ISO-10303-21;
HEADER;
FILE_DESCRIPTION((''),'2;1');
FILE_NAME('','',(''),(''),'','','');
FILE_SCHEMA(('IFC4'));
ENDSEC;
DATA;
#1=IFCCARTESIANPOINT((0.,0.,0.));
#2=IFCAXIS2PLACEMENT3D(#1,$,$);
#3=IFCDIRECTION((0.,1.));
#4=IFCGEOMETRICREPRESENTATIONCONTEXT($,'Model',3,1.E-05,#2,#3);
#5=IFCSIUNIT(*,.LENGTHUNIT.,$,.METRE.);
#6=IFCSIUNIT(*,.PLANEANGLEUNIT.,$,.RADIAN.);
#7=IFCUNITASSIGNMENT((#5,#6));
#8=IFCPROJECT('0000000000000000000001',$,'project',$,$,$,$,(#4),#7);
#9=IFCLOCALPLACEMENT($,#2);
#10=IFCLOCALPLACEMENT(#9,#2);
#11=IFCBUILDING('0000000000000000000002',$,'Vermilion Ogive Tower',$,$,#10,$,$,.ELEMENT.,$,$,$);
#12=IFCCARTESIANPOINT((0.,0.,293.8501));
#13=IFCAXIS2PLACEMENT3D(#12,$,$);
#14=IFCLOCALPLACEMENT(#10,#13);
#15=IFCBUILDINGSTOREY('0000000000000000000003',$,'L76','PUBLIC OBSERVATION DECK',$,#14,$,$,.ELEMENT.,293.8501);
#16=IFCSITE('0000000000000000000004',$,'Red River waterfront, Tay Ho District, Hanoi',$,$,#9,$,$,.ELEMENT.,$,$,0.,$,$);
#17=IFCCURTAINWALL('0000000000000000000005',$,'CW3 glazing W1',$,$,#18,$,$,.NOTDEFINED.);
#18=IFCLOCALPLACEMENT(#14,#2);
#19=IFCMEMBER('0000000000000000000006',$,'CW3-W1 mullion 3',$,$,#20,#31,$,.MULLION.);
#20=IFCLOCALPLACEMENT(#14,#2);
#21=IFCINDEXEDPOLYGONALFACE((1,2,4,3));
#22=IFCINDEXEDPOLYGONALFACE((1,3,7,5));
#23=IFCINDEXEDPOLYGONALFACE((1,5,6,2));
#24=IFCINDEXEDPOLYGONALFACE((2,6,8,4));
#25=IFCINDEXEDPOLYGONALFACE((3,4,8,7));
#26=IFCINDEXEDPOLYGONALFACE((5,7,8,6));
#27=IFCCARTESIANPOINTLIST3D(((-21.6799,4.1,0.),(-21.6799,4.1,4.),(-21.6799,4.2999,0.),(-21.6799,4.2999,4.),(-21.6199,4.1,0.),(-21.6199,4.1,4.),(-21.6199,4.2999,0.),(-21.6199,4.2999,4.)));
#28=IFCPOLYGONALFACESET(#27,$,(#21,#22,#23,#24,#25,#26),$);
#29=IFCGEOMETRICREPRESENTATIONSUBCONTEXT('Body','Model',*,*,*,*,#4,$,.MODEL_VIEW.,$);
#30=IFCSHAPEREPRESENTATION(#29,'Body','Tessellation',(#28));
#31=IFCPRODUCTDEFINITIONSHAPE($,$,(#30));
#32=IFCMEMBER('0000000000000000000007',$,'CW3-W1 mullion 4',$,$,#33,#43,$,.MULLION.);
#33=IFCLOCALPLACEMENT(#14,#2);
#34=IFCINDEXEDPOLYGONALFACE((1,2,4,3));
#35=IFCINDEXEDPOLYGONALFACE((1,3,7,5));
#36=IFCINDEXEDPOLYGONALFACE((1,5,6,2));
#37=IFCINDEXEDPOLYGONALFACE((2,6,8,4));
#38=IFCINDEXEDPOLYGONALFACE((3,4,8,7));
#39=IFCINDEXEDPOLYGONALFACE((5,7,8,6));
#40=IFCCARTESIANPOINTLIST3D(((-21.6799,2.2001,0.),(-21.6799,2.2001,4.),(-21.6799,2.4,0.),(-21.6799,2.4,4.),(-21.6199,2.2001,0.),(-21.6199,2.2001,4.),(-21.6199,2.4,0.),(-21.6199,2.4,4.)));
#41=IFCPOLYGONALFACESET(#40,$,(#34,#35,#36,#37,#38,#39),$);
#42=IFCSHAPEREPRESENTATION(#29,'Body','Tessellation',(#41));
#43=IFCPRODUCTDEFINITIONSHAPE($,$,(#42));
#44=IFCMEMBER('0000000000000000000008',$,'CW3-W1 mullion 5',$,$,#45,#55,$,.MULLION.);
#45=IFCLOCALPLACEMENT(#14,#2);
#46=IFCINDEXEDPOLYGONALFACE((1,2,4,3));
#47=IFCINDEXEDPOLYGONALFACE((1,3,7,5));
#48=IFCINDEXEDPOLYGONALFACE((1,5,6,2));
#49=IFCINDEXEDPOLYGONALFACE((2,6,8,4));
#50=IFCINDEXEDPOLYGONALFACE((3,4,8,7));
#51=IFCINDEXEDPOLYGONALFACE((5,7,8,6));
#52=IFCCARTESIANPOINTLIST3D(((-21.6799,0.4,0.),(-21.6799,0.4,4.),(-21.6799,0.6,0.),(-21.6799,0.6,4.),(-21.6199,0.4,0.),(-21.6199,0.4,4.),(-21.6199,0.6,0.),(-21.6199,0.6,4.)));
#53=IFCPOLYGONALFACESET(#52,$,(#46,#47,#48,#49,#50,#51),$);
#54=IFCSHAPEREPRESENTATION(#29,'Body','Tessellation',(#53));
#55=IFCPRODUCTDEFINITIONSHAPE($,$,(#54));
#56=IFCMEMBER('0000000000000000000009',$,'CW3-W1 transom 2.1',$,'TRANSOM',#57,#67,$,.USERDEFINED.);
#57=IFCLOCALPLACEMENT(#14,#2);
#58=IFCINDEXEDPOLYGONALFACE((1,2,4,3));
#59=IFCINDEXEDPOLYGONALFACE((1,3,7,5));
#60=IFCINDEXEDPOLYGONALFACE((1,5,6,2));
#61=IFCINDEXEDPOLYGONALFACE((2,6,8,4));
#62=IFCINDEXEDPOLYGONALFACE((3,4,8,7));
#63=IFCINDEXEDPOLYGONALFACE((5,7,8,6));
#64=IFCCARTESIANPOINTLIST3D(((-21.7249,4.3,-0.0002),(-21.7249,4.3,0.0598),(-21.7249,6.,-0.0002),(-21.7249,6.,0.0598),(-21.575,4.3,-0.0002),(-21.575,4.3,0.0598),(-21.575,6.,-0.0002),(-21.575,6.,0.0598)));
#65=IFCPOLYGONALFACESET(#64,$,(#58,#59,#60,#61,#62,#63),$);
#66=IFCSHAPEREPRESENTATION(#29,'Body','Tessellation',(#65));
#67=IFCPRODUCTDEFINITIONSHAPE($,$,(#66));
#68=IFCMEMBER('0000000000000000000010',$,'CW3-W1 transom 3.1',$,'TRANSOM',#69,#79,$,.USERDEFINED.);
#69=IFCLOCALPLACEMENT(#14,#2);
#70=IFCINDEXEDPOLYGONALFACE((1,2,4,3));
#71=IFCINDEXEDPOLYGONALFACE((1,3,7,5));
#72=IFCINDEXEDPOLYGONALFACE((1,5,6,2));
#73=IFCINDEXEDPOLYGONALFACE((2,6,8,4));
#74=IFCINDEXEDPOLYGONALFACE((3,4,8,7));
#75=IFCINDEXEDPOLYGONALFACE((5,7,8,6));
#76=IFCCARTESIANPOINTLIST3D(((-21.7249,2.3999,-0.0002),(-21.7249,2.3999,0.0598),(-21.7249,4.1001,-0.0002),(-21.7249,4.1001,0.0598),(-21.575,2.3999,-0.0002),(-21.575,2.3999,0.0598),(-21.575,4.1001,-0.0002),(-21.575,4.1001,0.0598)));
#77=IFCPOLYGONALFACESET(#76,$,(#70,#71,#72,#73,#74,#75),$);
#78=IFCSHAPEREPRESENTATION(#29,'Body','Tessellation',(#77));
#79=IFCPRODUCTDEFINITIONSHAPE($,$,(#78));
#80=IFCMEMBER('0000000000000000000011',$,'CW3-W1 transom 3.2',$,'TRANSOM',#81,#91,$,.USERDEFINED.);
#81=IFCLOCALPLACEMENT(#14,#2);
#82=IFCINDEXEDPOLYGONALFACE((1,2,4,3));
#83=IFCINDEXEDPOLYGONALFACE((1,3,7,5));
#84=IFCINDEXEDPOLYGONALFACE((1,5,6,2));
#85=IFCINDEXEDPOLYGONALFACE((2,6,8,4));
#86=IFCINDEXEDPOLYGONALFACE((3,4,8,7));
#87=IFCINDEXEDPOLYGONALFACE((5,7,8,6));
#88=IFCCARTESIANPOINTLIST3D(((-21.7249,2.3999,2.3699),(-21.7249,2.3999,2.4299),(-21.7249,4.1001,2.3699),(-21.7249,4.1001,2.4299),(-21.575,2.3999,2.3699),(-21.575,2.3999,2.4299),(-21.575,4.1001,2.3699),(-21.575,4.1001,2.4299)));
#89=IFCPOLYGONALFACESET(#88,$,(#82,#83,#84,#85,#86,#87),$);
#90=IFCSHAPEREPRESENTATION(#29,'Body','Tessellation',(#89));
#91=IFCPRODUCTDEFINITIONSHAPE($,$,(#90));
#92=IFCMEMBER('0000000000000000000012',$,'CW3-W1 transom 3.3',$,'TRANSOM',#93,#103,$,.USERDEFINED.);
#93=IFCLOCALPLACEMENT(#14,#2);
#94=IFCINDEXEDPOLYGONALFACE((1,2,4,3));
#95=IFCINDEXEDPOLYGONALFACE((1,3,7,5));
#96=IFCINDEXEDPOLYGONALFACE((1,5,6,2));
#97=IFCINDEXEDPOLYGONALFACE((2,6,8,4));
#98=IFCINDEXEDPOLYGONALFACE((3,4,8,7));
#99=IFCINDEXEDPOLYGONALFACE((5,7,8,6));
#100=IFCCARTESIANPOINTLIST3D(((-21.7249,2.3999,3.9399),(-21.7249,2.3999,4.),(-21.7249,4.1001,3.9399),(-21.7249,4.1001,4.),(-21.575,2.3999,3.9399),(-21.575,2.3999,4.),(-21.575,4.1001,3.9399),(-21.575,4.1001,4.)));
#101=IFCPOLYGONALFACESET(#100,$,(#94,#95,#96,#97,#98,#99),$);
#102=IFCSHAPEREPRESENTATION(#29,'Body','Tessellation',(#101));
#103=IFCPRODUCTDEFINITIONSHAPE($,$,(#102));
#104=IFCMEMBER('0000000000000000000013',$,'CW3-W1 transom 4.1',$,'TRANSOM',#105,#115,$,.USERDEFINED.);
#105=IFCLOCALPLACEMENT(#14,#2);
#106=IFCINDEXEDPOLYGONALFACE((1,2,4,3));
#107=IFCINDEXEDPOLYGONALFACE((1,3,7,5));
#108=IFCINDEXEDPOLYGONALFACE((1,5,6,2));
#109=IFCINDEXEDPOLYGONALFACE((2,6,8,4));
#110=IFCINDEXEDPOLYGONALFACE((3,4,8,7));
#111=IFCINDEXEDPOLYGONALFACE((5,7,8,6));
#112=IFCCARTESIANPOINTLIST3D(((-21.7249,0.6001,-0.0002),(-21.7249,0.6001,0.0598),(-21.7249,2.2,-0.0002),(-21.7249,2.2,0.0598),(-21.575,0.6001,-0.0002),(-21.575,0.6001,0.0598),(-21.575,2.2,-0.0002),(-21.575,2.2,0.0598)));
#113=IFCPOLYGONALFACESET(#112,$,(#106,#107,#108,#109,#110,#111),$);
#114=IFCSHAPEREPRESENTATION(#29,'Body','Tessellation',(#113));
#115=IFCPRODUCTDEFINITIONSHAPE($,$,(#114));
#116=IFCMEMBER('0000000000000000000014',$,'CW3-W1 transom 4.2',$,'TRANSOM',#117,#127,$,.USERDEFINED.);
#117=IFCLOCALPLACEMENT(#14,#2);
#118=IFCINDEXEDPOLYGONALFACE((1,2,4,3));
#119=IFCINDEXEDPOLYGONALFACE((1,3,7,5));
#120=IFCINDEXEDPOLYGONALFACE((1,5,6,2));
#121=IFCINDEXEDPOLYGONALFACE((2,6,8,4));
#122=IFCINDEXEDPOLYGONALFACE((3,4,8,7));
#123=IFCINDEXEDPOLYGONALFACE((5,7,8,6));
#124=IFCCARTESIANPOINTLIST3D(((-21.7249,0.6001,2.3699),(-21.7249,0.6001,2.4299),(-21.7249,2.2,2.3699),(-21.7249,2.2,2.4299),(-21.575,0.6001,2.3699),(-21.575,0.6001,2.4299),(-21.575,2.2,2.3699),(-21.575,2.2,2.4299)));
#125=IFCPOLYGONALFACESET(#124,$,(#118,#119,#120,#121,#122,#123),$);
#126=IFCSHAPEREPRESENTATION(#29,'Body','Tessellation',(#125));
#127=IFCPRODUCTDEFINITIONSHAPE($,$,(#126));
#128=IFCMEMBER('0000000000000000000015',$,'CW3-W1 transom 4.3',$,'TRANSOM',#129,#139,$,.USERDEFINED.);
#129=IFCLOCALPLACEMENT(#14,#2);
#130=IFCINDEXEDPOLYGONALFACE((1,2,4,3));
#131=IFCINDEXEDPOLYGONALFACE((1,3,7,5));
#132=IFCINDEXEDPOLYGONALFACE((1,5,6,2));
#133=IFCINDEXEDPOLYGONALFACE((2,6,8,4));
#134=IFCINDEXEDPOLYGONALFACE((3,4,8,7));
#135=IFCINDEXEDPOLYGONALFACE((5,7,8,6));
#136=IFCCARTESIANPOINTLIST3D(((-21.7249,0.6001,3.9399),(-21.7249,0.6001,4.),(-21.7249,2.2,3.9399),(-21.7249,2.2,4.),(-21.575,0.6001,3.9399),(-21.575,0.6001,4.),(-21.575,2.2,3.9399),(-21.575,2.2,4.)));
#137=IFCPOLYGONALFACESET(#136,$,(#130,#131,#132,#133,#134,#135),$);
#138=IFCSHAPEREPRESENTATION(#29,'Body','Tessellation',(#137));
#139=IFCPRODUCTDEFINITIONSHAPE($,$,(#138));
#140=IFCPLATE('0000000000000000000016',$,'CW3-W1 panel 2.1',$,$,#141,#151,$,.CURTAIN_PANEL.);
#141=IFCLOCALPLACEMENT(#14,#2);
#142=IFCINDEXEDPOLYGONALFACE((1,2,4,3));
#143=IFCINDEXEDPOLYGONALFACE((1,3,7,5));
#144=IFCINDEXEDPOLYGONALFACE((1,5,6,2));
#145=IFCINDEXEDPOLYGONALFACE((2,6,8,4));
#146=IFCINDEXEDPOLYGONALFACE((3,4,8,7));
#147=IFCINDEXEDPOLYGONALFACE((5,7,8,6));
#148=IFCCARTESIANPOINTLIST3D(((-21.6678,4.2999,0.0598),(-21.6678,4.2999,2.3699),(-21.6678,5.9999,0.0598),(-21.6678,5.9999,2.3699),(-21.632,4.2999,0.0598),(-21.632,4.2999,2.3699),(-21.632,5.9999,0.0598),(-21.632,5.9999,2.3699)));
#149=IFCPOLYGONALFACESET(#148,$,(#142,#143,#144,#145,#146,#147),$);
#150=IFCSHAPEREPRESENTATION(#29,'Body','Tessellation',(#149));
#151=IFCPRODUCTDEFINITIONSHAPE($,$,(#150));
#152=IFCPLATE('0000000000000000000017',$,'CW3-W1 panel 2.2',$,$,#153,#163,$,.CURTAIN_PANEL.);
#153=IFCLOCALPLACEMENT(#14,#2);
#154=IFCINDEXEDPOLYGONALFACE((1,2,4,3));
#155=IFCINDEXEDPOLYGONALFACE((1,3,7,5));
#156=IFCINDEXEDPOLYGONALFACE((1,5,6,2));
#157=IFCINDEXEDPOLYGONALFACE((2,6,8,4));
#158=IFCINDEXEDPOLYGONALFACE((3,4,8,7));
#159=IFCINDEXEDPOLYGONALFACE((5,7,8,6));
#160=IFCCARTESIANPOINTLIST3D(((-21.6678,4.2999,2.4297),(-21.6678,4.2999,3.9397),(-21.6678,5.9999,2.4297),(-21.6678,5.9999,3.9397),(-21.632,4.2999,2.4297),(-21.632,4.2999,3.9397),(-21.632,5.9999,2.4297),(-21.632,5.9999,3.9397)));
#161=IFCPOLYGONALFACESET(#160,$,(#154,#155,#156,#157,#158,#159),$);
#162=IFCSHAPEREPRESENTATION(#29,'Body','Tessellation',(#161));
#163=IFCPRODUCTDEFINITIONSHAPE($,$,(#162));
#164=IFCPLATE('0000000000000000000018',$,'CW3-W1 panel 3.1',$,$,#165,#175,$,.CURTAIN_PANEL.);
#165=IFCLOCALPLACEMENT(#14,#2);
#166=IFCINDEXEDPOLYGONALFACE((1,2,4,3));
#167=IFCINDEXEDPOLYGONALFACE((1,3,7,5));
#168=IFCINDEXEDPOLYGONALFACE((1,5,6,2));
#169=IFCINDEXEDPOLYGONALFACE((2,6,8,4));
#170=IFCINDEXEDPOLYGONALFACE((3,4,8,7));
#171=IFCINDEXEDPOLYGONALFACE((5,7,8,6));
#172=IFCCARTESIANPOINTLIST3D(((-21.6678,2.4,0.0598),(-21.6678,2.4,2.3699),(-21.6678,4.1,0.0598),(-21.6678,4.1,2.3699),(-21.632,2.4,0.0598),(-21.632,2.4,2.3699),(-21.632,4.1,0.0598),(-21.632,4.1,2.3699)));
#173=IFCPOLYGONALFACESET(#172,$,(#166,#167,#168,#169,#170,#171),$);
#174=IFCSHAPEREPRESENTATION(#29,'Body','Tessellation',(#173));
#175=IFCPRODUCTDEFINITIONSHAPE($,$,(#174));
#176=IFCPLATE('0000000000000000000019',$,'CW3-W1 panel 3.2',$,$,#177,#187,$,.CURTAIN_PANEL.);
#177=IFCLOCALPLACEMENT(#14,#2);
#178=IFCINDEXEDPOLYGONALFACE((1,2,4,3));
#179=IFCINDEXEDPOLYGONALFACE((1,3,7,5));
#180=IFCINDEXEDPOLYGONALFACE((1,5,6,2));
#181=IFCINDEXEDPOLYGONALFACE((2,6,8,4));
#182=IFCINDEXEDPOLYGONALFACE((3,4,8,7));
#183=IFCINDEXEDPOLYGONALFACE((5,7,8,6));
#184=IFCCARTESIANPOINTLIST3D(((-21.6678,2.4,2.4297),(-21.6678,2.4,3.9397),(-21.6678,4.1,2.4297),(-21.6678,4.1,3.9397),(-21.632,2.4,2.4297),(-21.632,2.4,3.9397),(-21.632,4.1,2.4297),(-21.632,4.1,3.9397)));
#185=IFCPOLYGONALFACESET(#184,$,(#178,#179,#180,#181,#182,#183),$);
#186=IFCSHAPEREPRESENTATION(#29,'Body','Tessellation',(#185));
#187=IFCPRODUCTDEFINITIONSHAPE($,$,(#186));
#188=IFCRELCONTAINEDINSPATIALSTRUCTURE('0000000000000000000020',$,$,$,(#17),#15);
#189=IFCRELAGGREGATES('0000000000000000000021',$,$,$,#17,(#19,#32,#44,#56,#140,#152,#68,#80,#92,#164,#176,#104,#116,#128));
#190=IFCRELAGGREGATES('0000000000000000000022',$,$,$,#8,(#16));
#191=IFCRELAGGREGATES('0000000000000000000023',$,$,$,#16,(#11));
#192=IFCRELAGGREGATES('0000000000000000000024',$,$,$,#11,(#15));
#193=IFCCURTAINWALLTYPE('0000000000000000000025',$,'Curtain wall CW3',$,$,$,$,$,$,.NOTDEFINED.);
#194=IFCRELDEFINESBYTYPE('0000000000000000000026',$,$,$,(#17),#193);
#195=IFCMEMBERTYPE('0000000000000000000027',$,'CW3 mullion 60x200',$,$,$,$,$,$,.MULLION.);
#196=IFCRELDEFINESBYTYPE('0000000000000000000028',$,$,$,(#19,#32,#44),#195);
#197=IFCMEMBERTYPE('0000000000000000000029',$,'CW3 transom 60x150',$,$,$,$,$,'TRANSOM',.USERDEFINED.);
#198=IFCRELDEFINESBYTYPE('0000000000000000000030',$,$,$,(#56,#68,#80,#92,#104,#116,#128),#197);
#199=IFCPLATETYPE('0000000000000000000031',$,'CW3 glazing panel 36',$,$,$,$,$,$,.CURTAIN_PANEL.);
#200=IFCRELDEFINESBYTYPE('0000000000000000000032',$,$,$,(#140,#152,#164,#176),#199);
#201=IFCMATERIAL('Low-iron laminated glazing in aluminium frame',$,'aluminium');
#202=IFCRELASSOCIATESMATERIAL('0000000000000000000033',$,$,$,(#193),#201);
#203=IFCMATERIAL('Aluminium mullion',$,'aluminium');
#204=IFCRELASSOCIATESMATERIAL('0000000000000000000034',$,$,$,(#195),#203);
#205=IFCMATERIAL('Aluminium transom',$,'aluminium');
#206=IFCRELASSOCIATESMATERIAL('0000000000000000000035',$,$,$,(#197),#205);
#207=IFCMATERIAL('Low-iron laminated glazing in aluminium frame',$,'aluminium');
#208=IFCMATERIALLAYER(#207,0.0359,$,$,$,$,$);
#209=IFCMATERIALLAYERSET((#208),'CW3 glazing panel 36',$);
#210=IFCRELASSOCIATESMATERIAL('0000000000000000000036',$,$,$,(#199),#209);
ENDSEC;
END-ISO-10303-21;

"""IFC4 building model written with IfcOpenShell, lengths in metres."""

from ifc_helpers import new_model, si_unit, direction, frame, origin, origin_2d, place, context, subcontext, project, spatial, rectangle, extrude, material, layer, layer_set, material_profile, profile_set, type_object, element, aggregate, save


model = new_model("IFC4")

# Units and contexts
model_context = context("Model", 3, precision=1e-05, world=origin(), true_north=direction((0.0, 1.0)))
body_context = subcontext(model_context, "Body", "Model", "MODEL_VIEW")
ifc_project = project(units=[si_unit("LENGTHUNIT", "METRE"), si_unit("PLANEANGLEUNIT", "RADIAN")], contexts=[model_context])

# Site, building, storey
site_placement = place(None, origin())
site = spatial("IfcSite", under=ifc_project, at=site_placement, Name="Red River waterfront, Tay Ho District, Hanoi", CompositionType="ELEMENT", RefElevation=0.0)
building_placement = place(site_placement, origin())
building = spatial("IfcBuilding", under=site, at=building_placement, Name="Vermilion Ogive Tower", CompositionType="ELEMENT")
storey_placement = place(building_placement, frame((0.0, 0.0, 293.8501)))
storey = spatial("IfcBuildingStorey", under=building, at=storey_placement, Name="L76", Description="PUBLIC OBSERVATION DECK", CompositionType="ELEMENT", Elevation=293.8501)

# Curtain wall, members, plates
ifc_material_1 = material(Name="Low-iron laminated glazing in aluminium frame", Category="aluminium")
curtain_wall_type = type_object("IfcCurtainWallType", Name="Curtain wall CW3", PredefinedType="NOTDEFINED", material=ifc_material_1)
curtain_wall_placement = place(storey_placement, origin())
curtain_wall = element("IfcCurtainWall", 1, at=curtain_wall_placement, inside=storey, type_object=curtain_wall_type, Name="CW3 glazing W1", PredefinedType="NOTDEFINED")
ifc_material_2 = material(Name="Aluminium mullion", Category="aluminium")
ifc_material_profile_1 = material_profile(ifc_material_2, rectangle(XDim=0.0601, YDim=0.2, at=origin_2d()), Name="AL 60x200")
ifc_profile_set_1 = profile_set([ifc_material_profile_1], Name="Aluminium mullion")
member_type_1 = type_object("IfcMemberType", Name="CW3 mullion 60x200", PredefinedType="MULLION", material=ifc_profile_set_1)
member_1_placement = place(storey_placement, frame((-21.6499, 4.2, 0.0), z_axis=(0.0, 0.0, 1.0), x_axis=(1.0, 0.0, 0.0)))
member_1 = element("IfcMember", 2, at=member_1_placement, type_object=member_type_1, Name="CW3-W1 mullion 3", PredefinedType="MULLION", context=body_context, shape_type="SweptSolid", body=[
    extrude(rectangle(XDim=0.0601, YDim=0.2, at=origin_2d()), origin(), (0.0, 0.0, 1.0), 4.0),
])
member_2_placement = place(storey_placement, frame((-21.6499, 2.3, 0.0), z_axis=(0.0, 0.0, 1.0), x_axis=(1.0, 0.0, 0.0)))
member_2 = element("IfcMember", 3, at=member_2_placement, type_object=member_type_1, Name="CW3-W1 mullion 4", PredefinedType="MULLION", context=body_context, shape_type="SweptSolid", body=[
    extrude(rectangle(XDim=0.0601, YDim=0.2, at=origin_2d()), origin(), (0.0, 0.0, 1.0), 4.0),
])
member_3_placement = place(storey_placement, frame((-21.6499, 0.5, 0.0), z_axis=(0.0, 0.0, 1.0), x_axis=(1.0, 0.0, 0.0)))
member_3 = element("IfcMember", 4, at=member_3_placement, type_object=member_type_1, Name="CW3-W1 mullion 5", PredefinedType="MULLION", context=body_context, shape_type="SweptSolid", body=[
    extrude(rectangle(XDim=0.0601, YDim=0.2, at=origin_2d()), origin(), (0.0, 0.0, 1.0), 4.0),
])
ifc_material_3 = material(Name="Aluminium transom", Category="aluminium")
ifc_material_profile_2 = material_profile(ifc_material_3, rectangle(XDim=0.1499, YDim=0.0601, at=origin_2d()), Name="AL 60x150")
ifc_profile_set_2 = profile_set([ifc_material_profile_2], Name="Aluminium transom")
member_type_2 = type_object("IfcMemberType", Name="CW3 transom 60x150", ElementType="TRANSOM", PredefinedType="USERDEFINED", material=ifc_profile_set_2)
member_4_placement = place(storey_placement, frame((-21.6499, 6.0, 0.0298), z_axis=(0.0, -1.0, 0.0), x_axis=(1.0, 0.0, 0.0)))
member_4 = element("IfcMember", 5, at=member_4_placement, type_object=member_type_2, Name="CW3-W1 transom 2.1", ObjectType="TRANSOM", PredefinedType="USERDEFINED", context=body_context, shape_type="SweptSolid", body=[
    extrude(rectangle(XDim=0.1499, YDim=0.0601, at=origin_2d()), origin(), (0.0, 0.0, 1.0), 1.7),
])
member_5_placement = place(storey_placement, frame((-21.6499, 4.1001, 0.0298), z_axis=(0.0, -1.0, 0.0), x_axis=(1.0, 0.0, 0.0)))
member_5 = element("IfcMember", 6, at=member_5_placement, type_object=member_type_2, Name="CW3-W1 transom 3.1", ObjectType="TRANSOM", PredefinedType="USERDEFINED", context=body_context, shape_type="SweptSolid", body=[
    extrude(rectangle(XDim=0.1499, YDim=0.0601, at=origin_2d()), origin(), (0.0, 0.0, 1.0), 1.7002),
])
member_6_placement = place(storey_placement, frame((-21.6499, 4.1001, 2.3999), z_axis=(0.0, -1.0, 0.0), x_axis=(1.0, 0.0, 0.0)))
member_6 = element("IfcMember", 7, at=member_6_placement, type_object=member_type_2, Name="CW3-W1 transom 3.2", ObjectType="TRANSOM", PredefinedType="USERDEFINED", context=body_context, shape_type="SweptSolid", body=[
    extrude(rectangle(XDim=0.1499, YDim=0.0601, at=origin_2d()), origin(), (0.0, 0.0, 1.0), 1.7002),
])
member_7_placement = place(storey_placement, frame((-21.6499, 4.1001, 3.97), z_axis=(0.0, -1.0, 0.0), x_axis=(1.0, 0.0, 0.0)))
member_7 = element("IfcMember", 8, at=member_7_placement, type_object=member_type_2, Name="CW3-W1 transom 3.3", ObjectType="TRANSOM", PredefinedType="USERDEFINED", context=body_context, shape_type="SweptSolid", body=[
    extrude(rectangle(XDim=0.1499, YDim=0.0601, at=origin_2d()), origin(), (0.0, 0.0, 1.0), 1.7002),
])
member_8_placement = place(storey_placement, frame((-21.6499, 2.2, 0.0298), z_axis=(0.0, -1.0, 0.0), x_axis=(1.0, 0.0, 0.0)))
member_8 = element("IfcMember", 9, at=member_8_placement, type_object=member_type_2, Name="CW3-W1 transom 4.1", ObjectType="TRANSOM", PredefinedType="USERDEFINED", context=body_context, shape_type="SweptSolid", body=[
    extrude(rectangle(XDim=0.1499, YDim=0.0601, at=origin_2d()), origin(), (0.0, 0.0, 1.0), 1.5999),
])
member_9_placement = place(storey_placement, frame((-21.6499, 2.2, 2.3999), z_axis=(0.0, -1.0, 0.0), x_axis=(1.0, 0.0, 0.0)))
member_9 = element("IfcMember", 10, at=member_9_placement, type_object=member_type_2, Name="CW3-W1 transom 4.2", ObjectType="TRANSOM", PredefinedType="USERDEFINED", context=body_context, shape_type="SweptSolid", body=[
    extrude(rectangle(XDim=0.1499, YDim=0.0601, at=origin_2d()), origin(), (0.0, 0.0, 1.0), 1.5999),
])
member_10_placement = place(storey_placement, frame((-21.6499, 2.2, 3.97), z_axis=(0.0, -1.0, 0.0), x_axis=(1.0, 0.0, 0.0)))
member_10 = element("IfcMember", 11, at=member_10_placement, type_object=member_type_2, Name="CW3-W1 transom 4.3", ObjectType="TRANSOM", PredefinedType="USERDEFINED", context=body_context, shape_type="SweptSolid", body=[
    extrude(rectangle(XDim=0.1499, YDim=0.0601, at=origin_2d()), origin(), (0.0, 0.0, 1.0), 1.5999),
])
ifc_material_4 = material(Name="Low-iron laminated glazing in aluminium frame", Category="aluminium")
ifc_layer = layer(ifc_material_4, 0.0359)
ifc_layer_set = layer_set([ifc_layer], Name="CW3 glazing panel 36")
plate_type = type_object("IfcPlateType", Name="CW3 glazing panel 36", PredefinedType="CURTAIN_PANEL", material=ifc_layer_set)
plate_1_placement = place(storey_placement, frame((-21.6499, 5.1499, 0.0598), z_axis=(0.0, 0.0, 1.0), x_axis=(0.0, -1.0, 0.0)))
plate_1 = element("IfcPlate", 12, at=plate_1_placement, type_object=plate_type, Name="CW3-W1 panel 2.1", PredefinedType="CURTAIN_PANEL", context=body_context, shape_type="SweptSolid", body=[
    extrude(rectangle(XDim=1.7, YDim=0.0359, at=origin_2d()), origin(), (0.0, 0.0, 1.0), 2.3101),
])
plate_2_placement = place(storey_placement, frame((-21.6499, 5.1499, 2.4297), z_axis=(0.0, 0.0, 1.0), x_axis=(0.0, -1.0, 0.0)))
plate_2 = element("IfcPlate", 13, at=plate_2_placement, type_object=plate_type, Name="CW3-W1 panel 2.2", PredefinedType="CURTAIN_PANEL", context=body_context, shape_type="SweptSolid", body=[
    extrude(rectangle(XDim=1.7, YDim=0.0359, at=origin_2d()), origin(), (0.0, 0.0, 1.0), 1.51),
])
plate_3_placement = place(storey_placement, frame((-21.6499, 3.25, 0.0598), z_axis=(0.0, 0.0, 1.0), x_axis=(0.0, -1.0, 0.0)))
plate_3 = element("IfcPlate", 14, at=plate_3_placement, type_object=plate_type, Name="CW3-W1 panel 3.1", PredefinedType="CURTAIN_PANEL", context=body_context, shape_type="SweptSolid", body=[
    extrude(rectangle(XDim=1.7, YDim=0.0359, at=origin_2d()), origin(), (0.0, 0.0, 1.0), 2.3101),
])
plate_4_placement = place(storey_placement, frame((-21.6499, 3.25, 2.4297), z_axis=(0.0, 0.0, 1.0), x_axis=(0.0, -1.0, 0.0)))
plate_4 = element("IfcPlate", 15, at=plate_4_placement, type_object=plate_type, Name="CW3-W1 panel 3.2", PredefinedType="CURTAIN_PANEL", context=body_context, shape_type="SweptSolid", body=[
    extrude(rectangle(XDim=1.7, YDim=0.0359, at=origin_2d()), origin(), (0.0, 0.0, 1.0), 1.51),
])
aggregate(curtain_wall, [member_1, member_2, member_3, member_4, plate_1, plate_2, member_5, member_6, member_7, plate_3, plate_4, member_8, member_9, member_10])

save(model, "model.ifc")
